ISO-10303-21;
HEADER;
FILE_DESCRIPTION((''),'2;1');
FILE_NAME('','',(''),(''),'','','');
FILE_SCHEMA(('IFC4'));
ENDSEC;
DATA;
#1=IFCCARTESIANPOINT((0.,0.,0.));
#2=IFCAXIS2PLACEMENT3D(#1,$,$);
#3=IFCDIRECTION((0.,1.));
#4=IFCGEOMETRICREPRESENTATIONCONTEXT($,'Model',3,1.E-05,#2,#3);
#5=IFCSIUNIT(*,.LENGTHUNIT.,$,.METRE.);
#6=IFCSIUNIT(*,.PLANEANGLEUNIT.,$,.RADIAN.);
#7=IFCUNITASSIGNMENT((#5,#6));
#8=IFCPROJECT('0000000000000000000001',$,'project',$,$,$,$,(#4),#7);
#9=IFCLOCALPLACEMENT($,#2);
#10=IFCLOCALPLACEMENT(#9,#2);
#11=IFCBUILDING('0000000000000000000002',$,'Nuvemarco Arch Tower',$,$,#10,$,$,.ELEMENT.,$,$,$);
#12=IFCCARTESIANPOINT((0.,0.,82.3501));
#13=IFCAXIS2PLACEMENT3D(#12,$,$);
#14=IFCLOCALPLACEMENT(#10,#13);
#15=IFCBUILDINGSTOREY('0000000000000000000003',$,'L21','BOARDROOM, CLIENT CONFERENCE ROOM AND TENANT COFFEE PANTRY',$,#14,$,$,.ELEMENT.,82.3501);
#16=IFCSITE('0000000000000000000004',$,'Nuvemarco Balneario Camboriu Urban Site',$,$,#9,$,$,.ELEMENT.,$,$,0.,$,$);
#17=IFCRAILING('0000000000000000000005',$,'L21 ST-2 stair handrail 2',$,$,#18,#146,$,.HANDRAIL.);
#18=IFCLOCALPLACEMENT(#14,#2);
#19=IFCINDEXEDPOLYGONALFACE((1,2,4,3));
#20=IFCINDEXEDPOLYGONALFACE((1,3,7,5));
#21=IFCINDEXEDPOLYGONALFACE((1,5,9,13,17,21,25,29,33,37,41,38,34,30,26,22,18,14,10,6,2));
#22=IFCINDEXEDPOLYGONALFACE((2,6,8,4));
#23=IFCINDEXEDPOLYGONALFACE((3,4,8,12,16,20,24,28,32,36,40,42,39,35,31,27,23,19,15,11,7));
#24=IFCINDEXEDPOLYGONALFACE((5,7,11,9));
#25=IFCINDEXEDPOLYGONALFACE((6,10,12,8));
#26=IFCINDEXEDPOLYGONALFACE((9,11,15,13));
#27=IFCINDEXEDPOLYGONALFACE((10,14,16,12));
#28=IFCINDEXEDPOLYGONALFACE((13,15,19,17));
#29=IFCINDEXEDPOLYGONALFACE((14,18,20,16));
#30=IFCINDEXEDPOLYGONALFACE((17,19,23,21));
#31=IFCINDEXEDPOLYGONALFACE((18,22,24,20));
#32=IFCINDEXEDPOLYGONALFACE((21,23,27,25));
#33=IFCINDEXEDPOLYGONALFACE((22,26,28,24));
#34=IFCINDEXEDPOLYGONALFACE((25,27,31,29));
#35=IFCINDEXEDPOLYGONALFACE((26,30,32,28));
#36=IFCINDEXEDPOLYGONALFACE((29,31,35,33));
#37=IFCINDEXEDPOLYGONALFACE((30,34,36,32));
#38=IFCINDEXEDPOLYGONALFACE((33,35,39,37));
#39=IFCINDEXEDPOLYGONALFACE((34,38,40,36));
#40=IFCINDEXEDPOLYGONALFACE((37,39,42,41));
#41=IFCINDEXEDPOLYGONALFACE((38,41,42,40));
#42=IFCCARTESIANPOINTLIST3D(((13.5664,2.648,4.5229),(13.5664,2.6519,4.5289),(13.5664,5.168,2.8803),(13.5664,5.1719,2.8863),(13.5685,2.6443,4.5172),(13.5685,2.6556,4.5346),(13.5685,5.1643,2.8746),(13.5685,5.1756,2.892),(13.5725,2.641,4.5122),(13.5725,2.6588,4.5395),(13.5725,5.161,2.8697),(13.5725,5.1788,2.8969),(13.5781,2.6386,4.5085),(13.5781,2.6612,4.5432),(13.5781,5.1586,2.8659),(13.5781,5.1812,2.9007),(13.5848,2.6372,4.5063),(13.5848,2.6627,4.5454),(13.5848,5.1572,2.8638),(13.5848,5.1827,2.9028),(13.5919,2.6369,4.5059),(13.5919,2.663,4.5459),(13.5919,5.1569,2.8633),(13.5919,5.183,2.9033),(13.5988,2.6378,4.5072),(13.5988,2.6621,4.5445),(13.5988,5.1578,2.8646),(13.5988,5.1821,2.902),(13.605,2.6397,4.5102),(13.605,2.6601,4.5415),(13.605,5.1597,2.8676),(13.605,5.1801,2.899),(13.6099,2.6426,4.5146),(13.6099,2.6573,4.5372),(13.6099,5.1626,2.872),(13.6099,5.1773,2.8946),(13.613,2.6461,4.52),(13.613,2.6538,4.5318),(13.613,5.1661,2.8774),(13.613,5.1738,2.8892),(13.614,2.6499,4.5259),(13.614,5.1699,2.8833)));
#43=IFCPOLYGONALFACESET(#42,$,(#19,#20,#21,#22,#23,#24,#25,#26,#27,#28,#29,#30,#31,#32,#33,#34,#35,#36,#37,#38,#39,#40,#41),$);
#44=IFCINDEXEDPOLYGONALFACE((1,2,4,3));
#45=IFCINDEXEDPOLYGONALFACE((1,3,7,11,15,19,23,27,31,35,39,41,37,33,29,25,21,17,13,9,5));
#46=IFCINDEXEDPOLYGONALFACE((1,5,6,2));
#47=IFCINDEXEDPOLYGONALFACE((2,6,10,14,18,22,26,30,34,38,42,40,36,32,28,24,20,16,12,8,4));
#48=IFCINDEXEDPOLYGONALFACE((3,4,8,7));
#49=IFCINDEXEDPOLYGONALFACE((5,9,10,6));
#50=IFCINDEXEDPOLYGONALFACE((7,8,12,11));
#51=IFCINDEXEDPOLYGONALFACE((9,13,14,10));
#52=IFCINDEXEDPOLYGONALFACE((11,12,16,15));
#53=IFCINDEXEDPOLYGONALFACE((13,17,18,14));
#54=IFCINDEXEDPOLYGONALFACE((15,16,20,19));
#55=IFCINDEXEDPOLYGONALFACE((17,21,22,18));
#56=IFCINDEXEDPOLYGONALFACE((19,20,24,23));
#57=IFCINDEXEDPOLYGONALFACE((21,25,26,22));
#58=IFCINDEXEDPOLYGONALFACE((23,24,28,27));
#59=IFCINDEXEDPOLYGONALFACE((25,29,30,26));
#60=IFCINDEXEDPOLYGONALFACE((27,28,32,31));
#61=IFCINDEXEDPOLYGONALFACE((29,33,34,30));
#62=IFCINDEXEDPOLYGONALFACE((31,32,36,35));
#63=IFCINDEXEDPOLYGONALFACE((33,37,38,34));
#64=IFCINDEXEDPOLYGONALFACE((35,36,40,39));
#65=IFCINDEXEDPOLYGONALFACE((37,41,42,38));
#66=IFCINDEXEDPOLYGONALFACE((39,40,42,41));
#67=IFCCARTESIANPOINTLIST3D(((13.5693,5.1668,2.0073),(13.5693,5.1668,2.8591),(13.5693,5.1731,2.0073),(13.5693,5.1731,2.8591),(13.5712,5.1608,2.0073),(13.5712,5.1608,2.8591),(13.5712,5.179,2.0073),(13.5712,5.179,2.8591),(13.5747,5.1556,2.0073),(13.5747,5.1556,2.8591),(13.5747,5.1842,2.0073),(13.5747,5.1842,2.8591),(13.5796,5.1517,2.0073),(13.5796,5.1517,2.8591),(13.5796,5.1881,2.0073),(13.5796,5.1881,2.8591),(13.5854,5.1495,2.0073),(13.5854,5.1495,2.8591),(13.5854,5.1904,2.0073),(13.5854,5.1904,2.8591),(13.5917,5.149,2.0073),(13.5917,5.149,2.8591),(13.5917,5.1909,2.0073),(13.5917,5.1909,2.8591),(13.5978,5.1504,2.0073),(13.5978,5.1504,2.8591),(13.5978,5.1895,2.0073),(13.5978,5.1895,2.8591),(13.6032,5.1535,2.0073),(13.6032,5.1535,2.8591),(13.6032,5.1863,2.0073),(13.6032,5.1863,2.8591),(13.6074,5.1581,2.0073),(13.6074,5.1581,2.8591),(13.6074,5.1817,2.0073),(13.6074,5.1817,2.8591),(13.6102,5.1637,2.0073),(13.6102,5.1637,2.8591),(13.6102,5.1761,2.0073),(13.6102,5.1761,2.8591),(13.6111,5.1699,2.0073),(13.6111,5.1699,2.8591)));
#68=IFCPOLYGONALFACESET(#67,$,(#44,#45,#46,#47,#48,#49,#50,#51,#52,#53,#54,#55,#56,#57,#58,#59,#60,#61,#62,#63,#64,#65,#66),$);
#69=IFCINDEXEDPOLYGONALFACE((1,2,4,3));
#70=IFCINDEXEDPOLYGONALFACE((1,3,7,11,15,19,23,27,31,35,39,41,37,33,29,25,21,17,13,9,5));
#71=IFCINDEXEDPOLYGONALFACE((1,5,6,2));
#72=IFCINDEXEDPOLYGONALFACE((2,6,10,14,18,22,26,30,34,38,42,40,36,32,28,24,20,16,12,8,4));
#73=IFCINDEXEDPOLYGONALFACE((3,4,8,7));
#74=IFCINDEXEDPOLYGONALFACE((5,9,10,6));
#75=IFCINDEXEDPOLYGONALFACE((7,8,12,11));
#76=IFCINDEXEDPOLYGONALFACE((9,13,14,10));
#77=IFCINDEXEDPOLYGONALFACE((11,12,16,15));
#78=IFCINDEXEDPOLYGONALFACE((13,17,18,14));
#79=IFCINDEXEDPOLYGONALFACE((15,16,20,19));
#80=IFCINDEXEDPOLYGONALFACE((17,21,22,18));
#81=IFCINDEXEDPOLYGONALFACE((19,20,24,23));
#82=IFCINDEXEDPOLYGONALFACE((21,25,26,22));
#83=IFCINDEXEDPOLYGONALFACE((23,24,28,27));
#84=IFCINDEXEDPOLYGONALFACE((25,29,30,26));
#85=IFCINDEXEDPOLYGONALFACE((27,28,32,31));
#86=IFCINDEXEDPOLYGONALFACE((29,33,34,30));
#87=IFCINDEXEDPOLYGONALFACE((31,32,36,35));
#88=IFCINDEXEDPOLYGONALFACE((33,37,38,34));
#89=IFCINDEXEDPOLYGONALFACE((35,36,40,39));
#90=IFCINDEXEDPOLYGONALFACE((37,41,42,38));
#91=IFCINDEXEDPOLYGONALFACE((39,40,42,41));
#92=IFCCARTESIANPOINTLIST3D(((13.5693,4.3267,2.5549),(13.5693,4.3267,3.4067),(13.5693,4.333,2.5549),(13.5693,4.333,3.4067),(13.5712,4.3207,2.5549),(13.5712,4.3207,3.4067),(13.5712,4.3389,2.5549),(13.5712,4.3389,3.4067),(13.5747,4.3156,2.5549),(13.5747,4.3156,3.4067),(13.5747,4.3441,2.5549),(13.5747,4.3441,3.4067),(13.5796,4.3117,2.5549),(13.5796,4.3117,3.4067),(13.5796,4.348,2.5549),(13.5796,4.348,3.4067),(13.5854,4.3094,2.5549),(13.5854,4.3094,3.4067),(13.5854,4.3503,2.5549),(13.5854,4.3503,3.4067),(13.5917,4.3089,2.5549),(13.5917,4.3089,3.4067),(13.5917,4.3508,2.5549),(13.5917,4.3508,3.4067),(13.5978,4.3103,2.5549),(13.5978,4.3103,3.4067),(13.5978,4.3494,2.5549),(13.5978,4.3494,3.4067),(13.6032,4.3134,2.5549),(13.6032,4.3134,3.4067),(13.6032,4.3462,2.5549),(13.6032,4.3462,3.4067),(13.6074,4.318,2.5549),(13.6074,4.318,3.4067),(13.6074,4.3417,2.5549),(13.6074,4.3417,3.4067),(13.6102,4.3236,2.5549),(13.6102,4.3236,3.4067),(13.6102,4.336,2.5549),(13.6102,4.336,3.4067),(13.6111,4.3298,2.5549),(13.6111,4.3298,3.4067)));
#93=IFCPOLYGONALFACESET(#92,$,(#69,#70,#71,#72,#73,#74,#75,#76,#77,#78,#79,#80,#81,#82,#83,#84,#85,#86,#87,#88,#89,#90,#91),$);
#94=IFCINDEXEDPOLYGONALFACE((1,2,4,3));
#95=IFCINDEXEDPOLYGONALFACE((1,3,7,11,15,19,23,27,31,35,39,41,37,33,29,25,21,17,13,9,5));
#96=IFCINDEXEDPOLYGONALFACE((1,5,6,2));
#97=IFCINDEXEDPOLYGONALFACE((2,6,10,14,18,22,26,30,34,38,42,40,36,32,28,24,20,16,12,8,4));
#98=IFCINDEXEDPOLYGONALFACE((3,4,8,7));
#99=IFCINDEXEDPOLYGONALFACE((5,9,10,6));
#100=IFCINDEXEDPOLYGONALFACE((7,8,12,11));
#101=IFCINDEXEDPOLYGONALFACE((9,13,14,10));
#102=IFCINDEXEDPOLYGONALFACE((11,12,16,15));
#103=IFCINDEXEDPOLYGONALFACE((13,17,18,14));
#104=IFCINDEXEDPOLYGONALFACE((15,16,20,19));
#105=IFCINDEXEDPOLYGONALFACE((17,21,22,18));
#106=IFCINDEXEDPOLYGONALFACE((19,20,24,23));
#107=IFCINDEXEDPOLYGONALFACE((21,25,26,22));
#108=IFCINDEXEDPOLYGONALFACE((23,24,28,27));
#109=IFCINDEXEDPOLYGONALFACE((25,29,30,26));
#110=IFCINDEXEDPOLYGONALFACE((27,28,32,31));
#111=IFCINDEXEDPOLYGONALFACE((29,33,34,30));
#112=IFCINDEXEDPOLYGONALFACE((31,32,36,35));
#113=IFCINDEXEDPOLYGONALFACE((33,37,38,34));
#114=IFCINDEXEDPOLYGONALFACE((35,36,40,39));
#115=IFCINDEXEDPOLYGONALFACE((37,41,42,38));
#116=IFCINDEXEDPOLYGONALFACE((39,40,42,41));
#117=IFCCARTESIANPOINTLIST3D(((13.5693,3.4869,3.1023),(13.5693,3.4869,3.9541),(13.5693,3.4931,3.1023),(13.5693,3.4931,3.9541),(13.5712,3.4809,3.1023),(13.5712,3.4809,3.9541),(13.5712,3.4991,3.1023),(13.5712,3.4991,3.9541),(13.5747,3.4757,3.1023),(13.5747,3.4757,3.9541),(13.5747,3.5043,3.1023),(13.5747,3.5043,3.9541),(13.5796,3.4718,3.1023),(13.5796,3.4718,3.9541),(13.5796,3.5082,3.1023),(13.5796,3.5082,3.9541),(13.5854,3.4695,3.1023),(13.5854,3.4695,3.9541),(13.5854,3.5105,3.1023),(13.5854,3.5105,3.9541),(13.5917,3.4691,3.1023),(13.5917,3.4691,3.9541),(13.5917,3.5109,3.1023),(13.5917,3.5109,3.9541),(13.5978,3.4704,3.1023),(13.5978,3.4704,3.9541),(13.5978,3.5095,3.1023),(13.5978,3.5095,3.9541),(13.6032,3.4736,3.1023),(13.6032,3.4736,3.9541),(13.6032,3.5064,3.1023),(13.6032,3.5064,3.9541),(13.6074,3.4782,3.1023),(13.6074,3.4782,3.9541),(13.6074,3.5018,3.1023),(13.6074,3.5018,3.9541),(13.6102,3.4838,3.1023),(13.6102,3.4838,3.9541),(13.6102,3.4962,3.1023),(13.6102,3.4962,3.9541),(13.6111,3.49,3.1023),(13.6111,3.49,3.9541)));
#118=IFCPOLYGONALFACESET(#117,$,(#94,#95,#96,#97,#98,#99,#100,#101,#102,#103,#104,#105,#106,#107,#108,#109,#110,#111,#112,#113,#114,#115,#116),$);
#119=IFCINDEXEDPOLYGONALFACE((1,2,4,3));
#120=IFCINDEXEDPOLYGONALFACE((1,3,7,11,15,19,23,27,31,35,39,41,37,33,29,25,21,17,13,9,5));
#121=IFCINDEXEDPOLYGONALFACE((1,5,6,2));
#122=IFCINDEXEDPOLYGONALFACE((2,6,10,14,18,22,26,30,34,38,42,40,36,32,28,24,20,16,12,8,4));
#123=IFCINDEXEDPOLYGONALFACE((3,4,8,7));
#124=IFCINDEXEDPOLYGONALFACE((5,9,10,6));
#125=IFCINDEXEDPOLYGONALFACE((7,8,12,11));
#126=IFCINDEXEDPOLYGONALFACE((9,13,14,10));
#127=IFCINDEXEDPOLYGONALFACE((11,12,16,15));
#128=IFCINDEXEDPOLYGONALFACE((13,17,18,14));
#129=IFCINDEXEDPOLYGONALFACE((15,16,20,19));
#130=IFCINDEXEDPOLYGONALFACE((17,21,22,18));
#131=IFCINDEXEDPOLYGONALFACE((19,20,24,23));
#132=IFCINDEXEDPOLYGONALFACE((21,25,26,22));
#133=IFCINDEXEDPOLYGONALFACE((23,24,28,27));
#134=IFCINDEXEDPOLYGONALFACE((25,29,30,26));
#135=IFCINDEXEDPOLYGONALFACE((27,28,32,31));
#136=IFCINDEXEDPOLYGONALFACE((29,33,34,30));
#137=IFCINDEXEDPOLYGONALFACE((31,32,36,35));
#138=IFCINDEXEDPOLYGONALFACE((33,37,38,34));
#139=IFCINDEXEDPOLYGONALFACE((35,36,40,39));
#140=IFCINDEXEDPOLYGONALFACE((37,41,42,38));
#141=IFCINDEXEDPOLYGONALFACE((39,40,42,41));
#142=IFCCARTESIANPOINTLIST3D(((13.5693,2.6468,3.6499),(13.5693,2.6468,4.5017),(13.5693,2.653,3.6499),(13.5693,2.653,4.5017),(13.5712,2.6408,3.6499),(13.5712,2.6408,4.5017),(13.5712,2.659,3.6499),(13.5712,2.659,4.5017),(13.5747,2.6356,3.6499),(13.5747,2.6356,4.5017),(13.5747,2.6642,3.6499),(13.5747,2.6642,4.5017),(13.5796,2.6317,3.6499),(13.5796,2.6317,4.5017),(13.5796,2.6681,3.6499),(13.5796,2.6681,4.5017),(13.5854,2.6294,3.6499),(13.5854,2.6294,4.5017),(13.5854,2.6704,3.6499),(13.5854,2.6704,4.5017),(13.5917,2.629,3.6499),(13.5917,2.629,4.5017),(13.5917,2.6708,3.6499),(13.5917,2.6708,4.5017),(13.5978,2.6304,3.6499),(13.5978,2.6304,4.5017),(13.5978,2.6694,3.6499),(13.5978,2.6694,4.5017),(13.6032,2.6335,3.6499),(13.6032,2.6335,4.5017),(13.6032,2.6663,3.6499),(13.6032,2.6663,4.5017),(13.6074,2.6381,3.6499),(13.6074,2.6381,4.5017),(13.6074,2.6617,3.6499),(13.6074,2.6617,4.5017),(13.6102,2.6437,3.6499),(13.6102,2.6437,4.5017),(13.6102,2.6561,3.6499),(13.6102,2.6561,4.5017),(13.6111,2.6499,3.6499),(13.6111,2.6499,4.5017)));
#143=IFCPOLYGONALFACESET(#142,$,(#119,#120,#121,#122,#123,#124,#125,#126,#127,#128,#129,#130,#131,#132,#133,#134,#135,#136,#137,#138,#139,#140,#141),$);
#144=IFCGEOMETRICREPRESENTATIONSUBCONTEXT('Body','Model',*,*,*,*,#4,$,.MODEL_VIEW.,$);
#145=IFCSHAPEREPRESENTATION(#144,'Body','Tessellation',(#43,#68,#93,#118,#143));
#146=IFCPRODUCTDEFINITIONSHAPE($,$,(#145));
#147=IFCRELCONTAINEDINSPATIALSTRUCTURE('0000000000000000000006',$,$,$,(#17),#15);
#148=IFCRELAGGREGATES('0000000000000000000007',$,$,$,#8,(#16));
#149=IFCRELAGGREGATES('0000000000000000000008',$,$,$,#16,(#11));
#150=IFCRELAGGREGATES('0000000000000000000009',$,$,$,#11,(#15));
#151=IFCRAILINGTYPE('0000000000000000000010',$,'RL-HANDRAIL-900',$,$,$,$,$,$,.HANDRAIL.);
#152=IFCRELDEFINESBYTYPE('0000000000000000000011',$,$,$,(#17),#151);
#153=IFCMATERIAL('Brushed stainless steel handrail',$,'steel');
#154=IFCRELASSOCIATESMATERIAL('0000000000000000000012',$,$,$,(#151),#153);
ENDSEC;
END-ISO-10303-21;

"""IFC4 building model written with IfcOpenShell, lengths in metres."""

from ifc_helpers import new_model, si_unit, direction, frame, origin, origin_2d, place, context, subcontext, project, spatial, circle, extrude, material, type_object, element, save


model = new_model("IFC4")

# Units and contexts
model_context = context("Model", 3, precision=1e-05, world=origin(), true_north=direction((0.0, 1.0)))
body_context = subcontext(model_context, "Body", "Model", "MODEL_VIEW")
ifc_project = project(units=[si_unit("LENGTHUNIT", "METRE"), si_unit("PLANEANGLEUNIT", "RADIAN")], contexts=[model_context])

# Site, building, storey
site_placement = place(None, origin())
site = spatial("IfcSite", under=ifc_project, at=site_placement, Name="Nuvemarco Balneario Camboriu Urban Site", CompositionType="ELEMENT", RefElevation=0.0)
building_placement = place(site_placement, origin())
building = spatial("IfcBuilding", under=site, at=building_placement, Name="Nuvemarco Arch Tower", CompositionType="ELEMENT")
storey_placement = place(building_placement, frame((0.0, 0.0, 82.3501)))
storey = spatial("IfcBuildingStorey", under=building, at=storey_placement, Name="L21", Description="BOARDROOM, CLIENT CONFERENCE ROOM AND TENANT COFFEE PANTRY", CompositionType="ELEMENT", Elevation=82.3501)

# Railing
ifc_material_1 = material(Name="Brushed stainless steel handrail", Category="steel")
railing_type_1 = type_object("IfcRailingType", Name="RL-HANDRAIL-900", PredefinedType="HANDRAIL", material=ifc_material_1)
railing_1_placement = place(storey_placement, frame((13.5901, 5.1699, 2.0073)))
element("IfcRailing", 1, at=railing_1_placement, inside=storey, type_object=railing_type_1, Name="L21 ST-2 stair handrail 2", PredefinedType="HANDRAIL", context=body_context, shape_type="SweptSolid", body=[
    extrude(circle(Radius=0.0239, at=origin_2d()), frame((0.0, 0.0, 0.876), z_axis=(0.0, -0.837749, 0.546055), x_axis=(1.0, 0.0, 0.0)), (0.0, 0.0, 1.0), 3.0081),
    extrude(circle(Radius=0.021, at=origin_2d()), origin(), (0.0, 0.0, 1.0), 0.8518),
    extrude(circle(Radius=0.021, at=origin_2d()), frame((0.0, -0.8401, 0.5476)), (0.0, 0.0, 1.0), 0.8518),
    extrude(circle(Radius=0.021, at=origin_2d()), frame((0.0, -1.6799, 1.095)), (0.0, 0.0, 1.0), 0.8518),
    extrude(circle(Radius=0.021, at=origin_2d()), frame((0.0, -2.52, 1.6426)), (0.0, 0.0, 1.0), 0.8518),
])

save(model, "model.ifc")
